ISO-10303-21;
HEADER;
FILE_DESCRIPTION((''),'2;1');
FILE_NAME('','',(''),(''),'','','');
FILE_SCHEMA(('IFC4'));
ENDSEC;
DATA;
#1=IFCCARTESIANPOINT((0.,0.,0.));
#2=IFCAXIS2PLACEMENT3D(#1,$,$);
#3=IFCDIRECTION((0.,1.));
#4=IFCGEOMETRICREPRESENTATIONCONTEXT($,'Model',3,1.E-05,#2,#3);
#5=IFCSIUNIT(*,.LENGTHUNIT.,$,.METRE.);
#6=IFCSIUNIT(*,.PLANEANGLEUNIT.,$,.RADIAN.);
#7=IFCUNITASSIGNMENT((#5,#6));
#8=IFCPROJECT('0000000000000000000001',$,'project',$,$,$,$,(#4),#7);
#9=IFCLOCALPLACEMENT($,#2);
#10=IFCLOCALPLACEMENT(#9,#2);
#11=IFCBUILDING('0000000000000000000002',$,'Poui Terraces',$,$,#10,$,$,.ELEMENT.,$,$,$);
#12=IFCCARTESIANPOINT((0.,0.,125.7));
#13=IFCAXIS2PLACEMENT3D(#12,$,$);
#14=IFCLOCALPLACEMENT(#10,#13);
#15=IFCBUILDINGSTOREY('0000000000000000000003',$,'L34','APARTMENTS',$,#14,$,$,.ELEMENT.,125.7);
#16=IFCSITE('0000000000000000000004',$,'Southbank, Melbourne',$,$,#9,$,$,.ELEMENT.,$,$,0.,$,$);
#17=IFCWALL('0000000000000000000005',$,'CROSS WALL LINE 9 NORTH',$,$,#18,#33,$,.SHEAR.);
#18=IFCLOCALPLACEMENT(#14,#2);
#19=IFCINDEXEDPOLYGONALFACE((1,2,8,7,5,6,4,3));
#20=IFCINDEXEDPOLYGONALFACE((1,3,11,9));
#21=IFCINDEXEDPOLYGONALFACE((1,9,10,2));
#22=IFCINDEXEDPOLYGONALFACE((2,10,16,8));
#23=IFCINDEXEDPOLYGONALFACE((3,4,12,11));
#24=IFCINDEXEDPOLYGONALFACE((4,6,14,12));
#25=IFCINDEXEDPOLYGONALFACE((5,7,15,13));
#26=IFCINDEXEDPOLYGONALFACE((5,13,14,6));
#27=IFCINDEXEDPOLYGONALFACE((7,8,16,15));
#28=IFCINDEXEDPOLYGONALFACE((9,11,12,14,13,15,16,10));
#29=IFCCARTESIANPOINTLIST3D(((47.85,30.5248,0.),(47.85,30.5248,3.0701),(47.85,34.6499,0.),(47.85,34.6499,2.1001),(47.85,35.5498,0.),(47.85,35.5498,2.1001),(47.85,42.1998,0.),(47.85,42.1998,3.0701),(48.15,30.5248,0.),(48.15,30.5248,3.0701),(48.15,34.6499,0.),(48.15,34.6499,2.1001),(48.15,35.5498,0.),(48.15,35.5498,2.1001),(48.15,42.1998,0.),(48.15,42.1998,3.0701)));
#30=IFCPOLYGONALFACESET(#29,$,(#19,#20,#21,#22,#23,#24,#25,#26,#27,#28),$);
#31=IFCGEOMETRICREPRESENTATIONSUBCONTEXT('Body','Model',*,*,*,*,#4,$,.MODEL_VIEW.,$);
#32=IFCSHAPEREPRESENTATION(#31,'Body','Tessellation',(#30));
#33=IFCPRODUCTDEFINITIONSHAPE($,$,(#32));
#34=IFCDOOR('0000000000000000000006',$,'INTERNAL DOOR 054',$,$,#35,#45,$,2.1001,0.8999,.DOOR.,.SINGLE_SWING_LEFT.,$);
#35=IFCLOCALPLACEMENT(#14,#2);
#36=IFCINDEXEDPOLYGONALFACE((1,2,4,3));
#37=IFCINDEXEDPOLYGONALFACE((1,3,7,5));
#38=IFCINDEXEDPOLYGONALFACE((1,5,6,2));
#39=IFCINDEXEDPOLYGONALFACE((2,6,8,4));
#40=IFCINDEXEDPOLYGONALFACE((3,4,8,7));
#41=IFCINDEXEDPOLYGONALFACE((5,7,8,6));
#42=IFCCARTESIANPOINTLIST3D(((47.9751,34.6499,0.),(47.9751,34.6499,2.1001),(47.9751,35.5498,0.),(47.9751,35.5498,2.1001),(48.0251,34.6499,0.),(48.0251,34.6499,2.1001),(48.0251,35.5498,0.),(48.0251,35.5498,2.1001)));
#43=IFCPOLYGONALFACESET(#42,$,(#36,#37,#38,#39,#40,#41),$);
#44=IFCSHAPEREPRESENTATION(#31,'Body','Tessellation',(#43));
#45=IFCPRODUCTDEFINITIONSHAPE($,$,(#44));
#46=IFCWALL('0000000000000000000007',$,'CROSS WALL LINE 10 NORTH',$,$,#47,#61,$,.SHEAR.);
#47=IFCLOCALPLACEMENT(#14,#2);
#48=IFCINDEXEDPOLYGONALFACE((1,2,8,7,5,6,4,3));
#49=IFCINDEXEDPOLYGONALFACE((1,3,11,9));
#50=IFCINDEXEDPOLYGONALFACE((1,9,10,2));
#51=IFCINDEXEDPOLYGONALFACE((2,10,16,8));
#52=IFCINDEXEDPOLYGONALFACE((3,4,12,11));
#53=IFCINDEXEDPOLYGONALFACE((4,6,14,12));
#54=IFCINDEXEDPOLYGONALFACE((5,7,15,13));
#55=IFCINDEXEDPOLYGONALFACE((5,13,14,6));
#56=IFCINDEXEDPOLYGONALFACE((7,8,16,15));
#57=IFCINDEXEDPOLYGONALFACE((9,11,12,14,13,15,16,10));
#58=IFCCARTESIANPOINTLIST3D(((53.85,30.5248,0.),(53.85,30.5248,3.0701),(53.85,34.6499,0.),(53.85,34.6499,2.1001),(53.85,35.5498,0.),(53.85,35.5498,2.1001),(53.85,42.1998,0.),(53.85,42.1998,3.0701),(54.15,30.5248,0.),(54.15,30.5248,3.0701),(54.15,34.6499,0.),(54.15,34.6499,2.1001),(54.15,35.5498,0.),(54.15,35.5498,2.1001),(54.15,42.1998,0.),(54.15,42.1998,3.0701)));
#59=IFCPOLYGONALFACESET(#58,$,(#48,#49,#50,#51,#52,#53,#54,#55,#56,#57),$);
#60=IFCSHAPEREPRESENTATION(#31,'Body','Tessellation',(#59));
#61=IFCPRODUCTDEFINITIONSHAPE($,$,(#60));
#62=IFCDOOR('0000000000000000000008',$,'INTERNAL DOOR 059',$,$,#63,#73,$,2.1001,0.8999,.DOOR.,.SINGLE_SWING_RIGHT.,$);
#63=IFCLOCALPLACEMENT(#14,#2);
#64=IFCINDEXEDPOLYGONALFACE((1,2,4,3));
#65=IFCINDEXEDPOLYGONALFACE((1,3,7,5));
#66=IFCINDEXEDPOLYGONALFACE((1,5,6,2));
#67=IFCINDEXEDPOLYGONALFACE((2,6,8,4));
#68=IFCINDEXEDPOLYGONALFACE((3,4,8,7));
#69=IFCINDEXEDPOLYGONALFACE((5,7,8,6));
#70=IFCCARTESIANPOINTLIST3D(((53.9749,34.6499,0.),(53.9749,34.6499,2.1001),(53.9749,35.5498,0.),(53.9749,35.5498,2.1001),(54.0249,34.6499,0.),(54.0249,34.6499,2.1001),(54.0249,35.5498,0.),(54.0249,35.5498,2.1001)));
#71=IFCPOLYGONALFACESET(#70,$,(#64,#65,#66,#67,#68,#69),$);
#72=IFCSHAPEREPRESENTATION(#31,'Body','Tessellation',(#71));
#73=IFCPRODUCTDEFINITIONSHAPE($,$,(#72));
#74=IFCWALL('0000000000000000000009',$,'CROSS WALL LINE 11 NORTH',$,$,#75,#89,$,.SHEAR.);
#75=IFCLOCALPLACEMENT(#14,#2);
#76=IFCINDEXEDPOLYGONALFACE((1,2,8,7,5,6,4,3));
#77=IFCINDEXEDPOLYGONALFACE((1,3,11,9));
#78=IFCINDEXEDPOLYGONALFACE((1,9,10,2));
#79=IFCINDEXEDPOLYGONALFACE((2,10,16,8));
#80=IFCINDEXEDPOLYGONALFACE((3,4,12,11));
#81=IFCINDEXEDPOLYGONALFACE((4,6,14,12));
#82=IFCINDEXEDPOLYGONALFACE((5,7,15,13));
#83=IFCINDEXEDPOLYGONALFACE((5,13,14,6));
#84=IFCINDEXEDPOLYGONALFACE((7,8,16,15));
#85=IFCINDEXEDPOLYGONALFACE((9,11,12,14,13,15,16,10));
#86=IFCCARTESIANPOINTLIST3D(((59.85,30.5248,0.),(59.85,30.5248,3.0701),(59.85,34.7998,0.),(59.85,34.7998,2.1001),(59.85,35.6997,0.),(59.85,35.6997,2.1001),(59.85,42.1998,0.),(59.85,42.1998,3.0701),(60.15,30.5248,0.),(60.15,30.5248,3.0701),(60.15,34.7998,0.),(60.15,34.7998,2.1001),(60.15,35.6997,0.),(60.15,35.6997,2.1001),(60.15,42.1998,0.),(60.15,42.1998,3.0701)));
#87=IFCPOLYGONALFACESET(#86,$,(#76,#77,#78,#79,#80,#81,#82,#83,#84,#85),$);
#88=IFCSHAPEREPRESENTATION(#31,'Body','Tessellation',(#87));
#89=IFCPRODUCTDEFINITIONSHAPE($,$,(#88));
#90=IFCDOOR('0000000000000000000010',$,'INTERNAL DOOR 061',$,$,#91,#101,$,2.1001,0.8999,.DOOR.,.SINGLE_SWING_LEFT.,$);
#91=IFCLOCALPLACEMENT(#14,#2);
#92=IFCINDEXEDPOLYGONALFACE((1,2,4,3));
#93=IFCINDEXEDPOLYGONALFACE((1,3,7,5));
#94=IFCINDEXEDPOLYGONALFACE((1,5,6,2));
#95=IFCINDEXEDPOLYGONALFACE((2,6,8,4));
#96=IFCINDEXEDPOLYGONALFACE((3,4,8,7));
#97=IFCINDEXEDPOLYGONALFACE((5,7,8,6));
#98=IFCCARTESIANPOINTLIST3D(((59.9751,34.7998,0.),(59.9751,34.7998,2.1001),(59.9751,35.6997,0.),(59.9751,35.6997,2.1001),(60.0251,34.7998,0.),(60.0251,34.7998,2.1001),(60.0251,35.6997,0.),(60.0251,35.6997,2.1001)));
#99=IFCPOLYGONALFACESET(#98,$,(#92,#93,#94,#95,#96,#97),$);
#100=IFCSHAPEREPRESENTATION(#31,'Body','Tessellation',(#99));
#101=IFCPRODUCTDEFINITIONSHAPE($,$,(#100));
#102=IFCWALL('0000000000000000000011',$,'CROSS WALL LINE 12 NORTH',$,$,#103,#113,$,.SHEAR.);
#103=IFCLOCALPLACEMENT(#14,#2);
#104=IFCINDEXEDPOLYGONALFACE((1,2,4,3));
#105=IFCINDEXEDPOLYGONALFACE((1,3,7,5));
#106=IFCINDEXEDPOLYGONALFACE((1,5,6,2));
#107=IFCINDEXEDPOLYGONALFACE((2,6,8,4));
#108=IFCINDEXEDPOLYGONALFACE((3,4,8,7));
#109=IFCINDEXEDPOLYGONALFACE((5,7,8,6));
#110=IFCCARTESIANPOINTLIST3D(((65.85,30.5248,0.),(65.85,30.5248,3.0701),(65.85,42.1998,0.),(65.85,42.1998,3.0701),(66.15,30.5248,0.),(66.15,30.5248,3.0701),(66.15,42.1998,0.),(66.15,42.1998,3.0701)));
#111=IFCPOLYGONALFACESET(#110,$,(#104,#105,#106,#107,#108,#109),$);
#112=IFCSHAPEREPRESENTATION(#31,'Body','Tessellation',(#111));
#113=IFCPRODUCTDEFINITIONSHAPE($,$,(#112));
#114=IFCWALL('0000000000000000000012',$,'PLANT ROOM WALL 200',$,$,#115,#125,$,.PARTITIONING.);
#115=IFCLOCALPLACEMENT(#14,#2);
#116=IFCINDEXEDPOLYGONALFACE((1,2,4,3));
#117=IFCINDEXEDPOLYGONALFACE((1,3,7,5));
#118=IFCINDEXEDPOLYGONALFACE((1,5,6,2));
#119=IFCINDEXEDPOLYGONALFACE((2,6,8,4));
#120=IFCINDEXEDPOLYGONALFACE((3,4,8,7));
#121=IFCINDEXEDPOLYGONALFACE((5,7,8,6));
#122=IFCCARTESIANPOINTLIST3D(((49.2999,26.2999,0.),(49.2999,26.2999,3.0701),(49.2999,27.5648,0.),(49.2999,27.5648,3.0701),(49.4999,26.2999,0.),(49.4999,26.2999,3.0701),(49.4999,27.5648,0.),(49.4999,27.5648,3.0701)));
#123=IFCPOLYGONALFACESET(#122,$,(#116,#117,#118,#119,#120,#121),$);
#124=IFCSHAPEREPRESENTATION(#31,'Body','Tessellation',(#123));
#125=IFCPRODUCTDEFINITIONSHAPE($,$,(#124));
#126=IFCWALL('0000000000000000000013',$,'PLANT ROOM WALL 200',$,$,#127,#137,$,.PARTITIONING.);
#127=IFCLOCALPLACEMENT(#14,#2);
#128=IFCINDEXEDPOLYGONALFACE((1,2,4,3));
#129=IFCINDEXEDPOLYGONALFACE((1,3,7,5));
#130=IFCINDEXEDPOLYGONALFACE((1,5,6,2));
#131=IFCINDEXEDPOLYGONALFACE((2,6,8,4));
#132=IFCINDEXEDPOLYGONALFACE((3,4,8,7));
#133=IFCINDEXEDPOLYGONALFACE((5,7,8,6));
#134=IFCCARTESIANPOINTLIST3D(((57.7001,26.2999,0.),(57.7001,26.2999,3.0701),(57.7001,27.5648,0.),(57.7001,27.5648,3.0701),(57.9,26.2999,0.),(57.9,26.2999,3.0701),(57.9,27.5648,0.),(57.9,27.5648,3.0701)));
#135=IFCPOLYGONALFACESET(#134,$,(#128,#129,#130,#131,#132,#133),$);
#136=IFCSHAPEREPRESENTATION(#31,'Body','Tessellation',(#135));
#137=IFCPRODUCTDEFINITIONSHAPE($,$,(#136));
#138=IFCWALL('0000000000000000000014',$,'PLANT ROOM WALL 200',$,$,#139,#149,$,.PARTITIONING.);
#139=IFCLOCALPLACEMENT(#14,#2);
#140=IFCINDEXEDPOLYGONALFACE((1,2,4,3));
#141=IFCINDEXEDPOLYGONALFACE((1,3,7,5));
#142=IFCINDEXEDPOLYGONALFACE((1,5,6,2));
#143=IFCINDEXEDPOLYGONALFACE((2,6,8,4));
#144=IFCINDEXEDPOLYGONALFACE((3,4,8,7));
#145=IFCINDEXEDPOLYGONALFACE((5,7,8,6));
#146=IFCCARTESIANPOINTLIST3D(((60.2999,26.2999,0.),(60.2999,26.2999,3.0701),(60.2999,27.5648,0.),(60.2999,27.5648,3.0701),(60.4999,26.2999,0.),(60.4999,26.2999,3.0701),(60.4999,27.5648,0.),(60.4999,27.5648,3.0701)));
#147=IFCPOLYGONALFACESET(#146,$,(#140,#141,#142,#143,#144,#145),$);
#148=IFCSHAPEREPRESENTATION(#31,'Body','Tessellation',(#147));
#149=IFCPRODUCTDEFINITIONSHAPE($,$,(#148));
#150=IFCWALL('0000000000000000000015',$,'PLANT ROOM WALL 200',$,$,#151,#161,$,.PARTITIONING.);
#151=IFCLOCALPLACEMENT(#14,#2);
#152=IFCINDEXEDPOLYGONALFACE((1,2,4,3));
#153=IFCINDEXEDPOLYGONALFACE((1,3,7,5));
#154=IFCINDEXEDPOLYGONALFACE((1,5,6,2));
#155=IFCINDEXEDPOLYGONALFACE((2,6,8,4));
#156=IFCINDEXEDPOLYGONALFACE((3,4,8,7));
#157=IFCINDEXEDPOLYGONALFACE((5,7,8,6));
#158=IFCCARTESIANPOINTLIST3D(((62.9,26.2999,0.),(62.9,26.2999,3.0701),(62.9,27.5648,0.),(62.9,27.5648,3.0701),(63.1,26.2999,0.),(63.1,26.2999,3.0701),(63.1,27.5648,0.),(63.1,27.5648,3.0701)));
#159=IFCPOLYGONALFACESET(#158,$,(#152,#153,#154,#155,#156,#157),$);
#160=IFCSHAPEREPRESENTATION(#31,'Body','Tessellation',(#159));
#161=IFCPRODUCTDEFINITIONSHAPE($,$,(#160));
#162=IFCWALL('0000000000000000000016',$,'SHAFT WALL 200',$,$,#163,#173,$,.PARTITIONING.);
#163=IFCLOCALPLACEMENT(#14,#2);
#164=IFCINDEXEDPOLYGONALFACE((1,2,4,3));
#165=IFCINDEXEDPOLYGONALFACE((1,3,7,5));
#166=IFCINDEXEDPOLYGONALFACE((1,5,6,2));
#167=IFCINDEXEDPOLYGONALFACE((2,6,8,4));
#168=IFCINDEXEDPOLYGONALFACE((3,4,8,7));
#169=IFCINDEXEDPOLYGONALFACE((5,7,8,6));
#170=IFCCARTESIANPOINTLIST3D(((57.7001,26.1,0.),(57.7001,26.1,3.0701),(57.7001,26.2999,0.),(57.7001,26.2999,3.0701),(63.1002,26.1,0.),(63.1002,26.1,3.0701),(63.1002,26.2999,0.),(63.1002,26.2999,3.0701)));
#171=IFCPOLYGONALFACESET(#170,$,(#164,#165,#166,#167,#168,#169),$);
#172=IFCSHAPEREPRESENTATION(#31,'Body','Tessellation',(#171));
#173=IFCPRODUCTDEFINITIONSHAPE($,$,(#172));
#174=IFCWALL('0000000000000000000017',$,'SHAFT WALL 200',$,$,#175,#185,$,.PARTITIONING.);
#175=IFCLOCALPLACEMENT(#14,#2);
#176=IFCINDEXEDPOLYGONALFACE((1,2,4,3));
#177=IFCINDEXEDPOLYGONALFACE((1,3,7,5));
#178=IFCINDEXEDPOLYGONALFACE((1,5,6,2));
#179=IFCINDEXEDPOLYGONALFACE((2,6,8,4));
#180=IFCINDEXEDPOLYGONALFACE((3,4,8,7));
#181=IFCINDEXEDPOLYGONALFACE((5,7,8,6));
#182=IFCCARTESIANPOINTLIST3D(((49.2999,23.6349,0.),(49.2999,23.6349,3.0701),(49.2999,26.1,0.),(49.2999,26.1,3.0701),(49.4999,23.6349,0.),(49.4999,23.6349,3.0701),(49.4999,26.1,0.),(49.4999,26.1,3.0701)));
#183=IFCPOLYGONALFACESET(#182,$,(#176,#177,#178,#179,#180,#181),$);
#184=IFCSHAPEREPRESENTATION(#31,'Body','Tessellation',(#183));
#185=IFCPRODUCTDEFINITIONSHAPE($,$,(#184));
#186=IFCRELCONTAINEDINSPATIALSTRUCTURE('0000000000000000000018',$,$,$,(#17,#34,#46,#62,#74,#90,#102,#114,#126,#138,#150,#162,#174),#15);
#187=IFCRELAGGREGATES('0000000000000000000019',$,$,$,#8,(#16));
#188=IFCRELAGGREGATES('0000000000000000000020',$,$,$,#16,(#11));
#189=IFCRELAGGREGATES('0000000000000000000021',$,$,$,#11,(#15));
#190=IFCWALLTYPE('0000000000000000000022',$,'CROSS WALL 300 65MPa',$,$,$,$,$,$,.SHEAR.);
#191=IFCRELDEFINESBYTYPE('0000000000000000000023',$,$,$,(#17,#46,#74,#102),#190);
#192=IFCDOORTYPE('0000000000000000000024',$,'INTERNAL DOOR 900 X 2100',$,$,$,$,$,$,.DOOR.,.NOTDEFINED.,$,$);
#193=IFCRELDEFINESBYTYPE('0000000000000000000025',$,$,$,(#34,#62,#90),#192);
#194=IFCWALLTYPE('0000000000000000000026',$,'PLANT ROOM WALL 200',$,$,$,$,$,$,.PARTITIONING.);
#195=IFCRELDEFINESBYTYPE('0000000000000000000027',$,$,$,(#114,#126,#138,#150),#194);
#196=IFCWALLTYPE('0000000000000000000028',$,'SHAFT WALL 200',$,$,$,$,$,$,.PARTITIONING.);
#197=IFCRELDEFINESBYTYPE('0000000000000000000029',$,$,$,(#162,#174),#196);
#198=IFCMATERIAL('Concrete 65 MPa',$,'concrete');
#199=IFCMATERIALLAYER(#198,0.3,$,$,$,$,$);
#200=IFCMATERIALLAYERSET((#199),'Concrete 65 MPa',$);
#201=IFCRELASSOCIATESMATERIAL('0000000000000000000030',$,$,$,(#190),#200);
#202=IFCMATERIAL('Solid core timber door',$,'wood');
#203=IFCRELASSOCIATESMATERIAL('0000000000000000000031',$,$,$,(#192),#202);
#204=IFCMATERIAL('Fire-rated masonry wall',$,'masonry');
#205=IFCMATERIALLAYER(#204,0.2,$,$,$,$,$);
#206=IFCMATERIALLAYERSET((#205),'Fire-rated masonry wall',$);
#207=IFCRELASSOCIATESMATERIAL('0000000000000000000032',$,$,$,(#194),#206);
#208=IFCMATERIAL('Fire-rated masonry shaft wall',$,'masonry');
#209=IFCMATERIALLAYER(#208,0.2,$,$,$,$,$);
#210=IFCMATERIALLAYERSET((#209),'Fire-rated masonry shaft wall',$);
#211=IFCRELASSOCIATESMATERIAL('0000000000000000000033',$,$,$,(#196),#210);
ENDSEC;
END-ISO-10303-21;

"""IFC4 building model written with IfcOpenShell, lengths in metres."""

from ifc_helpers import new_model, si_unit, direction, frame, frame_2d, origin, place, context, subcontext, project, spatial, rectangle, extrude, material, layer, layer_set, type_object, element, fill, save


model = new_model("IFC4")

# Units and contexts
model_context = context("Model", 3, precision=1e-05, world=origin(), true_north=direction((0.0, 1.0)))
body_context = subcontext(model_context, "Body", "Model", "MODEL_VIEW")
ifc_project = project(units=[si_unit("LENGTHUNIT", "METRE"), si_unit("PLANEANGLEUNIT", "RADIAN")], contexts=[model_context])

# Site, building, storey
site_placement = place(None, origin())
site = spatial("IfcSite", under=ifc_project, at=site_placement, Name="Southbank, Melbourne", CompositionType="ELEMENT", RefElevation=0.0)
building_placement = place(site_placement, origin())
building = spatial("IfcBuilding", under=site, at=building_placement, Name="Poui Terraces", CompositionType="ELEMENT")
storey_placement = place(building_placement, frame((0.0, 0.0, 125.7)))
storey = spatial("IfcBuildingStorey", under=building, at=storey_placement, Name="L34", Description="APARTMENTS", CompositionType="ELEMENT", Elevation=125.7)

# Shared definitions
ifc_material_1 = material(Name="Concrete 65 MPa", Category="concrete")

# Walls, openings, doors
ifc_layer_1 = layer(ifc_material_1, 0.3)
ifc_layer_set_1 = layer_set([ifc_layer_1], Name="Concrete 65 MPa")
wall_type_1 = type_object("IfcWallType", Name="CROSS WALL 300 65MPa", PredefinedType="SHEAR", material=ifc_layer_set_1)
wall_1_placement = place(storey_placement, frame((48.0, 30.5249, 0.0), z_axis=(0.0, 0.0, 1.0), x_axis=(0.0, 1.0, 0.0)))
wall_1 = element("IfcWall", 1, at=wall_1_placement, inside=storey, type_object=wall_type_1, Name="CROSS WALL LINE 9 NORTH", PredefinedType="SHEAR", context=body_context, shape_type="SweptSolid", body=[
    extrude(rectangle(XDim=11.675, YDim=0.3, at=frame_2d((5.8374, 0.0))), origin(), (0.0, 0.0, 1.0), 3.0701),
])
opening_1_placement = place(wall_1_placement, frame((4.125, 0.0, 0.0)))
opening_1 = element("IfcOpeningElement", 2, at=opening_1_placement, cuts=wall_1, PredefinedType="OPENING", context=body_context, shape_type="SweptSolid", body=[
    extrude(rectangle(XDim=0.8999, YDim=2.1001, at=frame_2d((0.45, 1.05))), frame((0.0, 0.1602, 0.0), z_axis=(0.0, -1.0, 0.0), x_axis=(1.0, 0.0, 0.0)), (0.0, 0.0, 1.0), 0.3201),
])
ifc_material_2 = material(Name="Solid core timber door", Category="wood")
door_type_1 = type_object("IfcDoorType", Name="INTERNAL DOOR 900 X 2100", OperationType="NOTDEFINED", PredefinedType="DOOR", material=ifc_material_2)
door_1_placement = place(opening_1_placement, origin())
door_1 = element("IfcDoor", 3, at=door_1_placement, inside=storey, type_object=door_type_1, Name="INTERNAL DOOR 054", OperationType="SINGLE_SWING_LEFT", OverallHeight=2.1001, OverallWidth=0.8999, PredefinedType="DOOR", context=body_context, shape_type="SweptSolid", body=[
    extrude(rectangle(XDim=0.8999, YDim=2.1001, at=frame_2d((0.45, 1.05))), frame((0.0, 0.0249, 0.0), z_axis=(0.0, -1.0, 0.0), x_axis=(1.0, 0.0, 0.0)), (0.0, 0.0, 1.0), 0.05),
])
fill(opening_1, door_1)
wall_2_placement = place(storey_placement, frame((54.0, 30.5249, 0.0), z_axis=(0.0, 0.0, 1.0), x_axis=(0.0, 1.0, 0.0)))
wall_2 = element("IfcWall", 4, at=wall_2_placement, inside=storey, type_object=wall_type_1, Name="CROSS WALL LINE 10 NORTH", PredefinedType="SHEAR", context=body_context, shape_type="SweptSolid", body=[
    extrude(rectangle(XDim=11.675, YDim=0.3, at=frame_2d((5.8374, 0.0))), origin(), (0.0, 0.0, 1.0), 3.0701),
])
opening_2_placement = place(wall_2_placement, frame((4.125, 0.0, 0.0)))
opening_2 = element("IfcOpeningElement", 5, at=opening_2_placement, cuts=wall_2, PredefinedType="OPENING", context=body_context, shape_type="SweptSolid", body=[
    extrude(rectangle(XDim=0.8999, YDim=2.1001, at=frame_2d((0.45, 1.05))), frame((0.0, 0.1602, 0.0), z_axis=(0.0, -1.0, 0.0), x_axis=(1.0, 0.0, 0.0)), (0.0, 0.0, 1.0), 0.3201),
])
door_2_placement = place(opening_2_placement, frame((0.8999, 0.0, 0.0), z_axis=(0.0, 0.0, 1.0), x_axis=(-1.0, 0.0, 0.0)))
door_2 = element("IfcDoor", 6, at=door_2_placement, inside=storey, type_object=door_type_1, Name="INTERNAL DOOR 059", OperationType="SINGLE_SWING_RIGHT", OverallHeight=2.1001, OverallWidth=0.8999, PredefinedType="DOOR", context=body_context, shape_type="SweptSolid", body=[
    extrude(rectangle(XDim=0.8999, YDim=2.1001, at=frame_2d((0.45, 1.05))), frame((0.0, 0.0249, 0.0), z_axis=(0.0, -1.0, 0.0), x_axis=(1.0, 0.0, 0.0)), (0.0, 0.0, 1.0), 0.05),
])
fill(opening_2, door_2)
wall_3_placement = place(storey_placement, frame((60.0, 30.5249, 0.0), z_axis=(0.0, 0.0, 1.0), x_axis=(0.0, 1.0, 0.0)))
wall_3 = element("IfcWall", 7, at=wall_3_placement, inside=storey, type_object=wall_type_1, Name="CROSS WALL LINE 11 NORTH", PredefinedType="SHEAR", context=body_context, shape_type="SweptSolid", body=[
    extrude(rectangle(XDim=11.675, YDim=0.3, at=frame_2d((5.8374, 0.0))), origin(), (0.0, 0.0, 1.0), 3.0701),
])
opening_3_placement = place(wall_3_placement, frame((4.2749, 0.0, 0.0)))
opening_3 = element("IfcOpeningElement", 8, at=opening_3_placement, cuts=wall_3, PredefinedType="OPENING", context=body_context, shape_type="SweptSolid", body=[
    extrude(rectangle(XDim=0.8999, YDim=2.1001, at=frame_2d((0.45, 1.05))), frame((0.0, 0.1602, 0.0), z_axis=(0.0, -1.0, 0.0), x_axis=(1.0, 0.0, 0.0)), (0.0, 0.0, 1.0), 0.3201),
])
door_3_placement = place(opening_3_placement, origin())
door_3 = element("IfcDoor", 9, at=door_3_placement, inside=storey, type_object=door_type_1, Name="INTERNAL DOOR 061", OperationType="SINGLE_SWING_LEFT", OverallHeight=2.1001, OverallWidth=0.8999, PredefinedType="DOOR", context=body_context, shape_type="SweptSolid", body=[
    extrude(rectangle(XDim=0.8999, YDim=2.1001, at=frame_2d((0.45, 1.05))), frame((0.0, 0.0249, 0.0), z_axis=(0.0, -1.0, 0.0), x_axis=(1.0, 0.0, 0.0)), (0.0, 0.0, 1.0), 0.05),
])
fill(opening_3, door_3)

# Walls
wall_4_placement = place(storey_placement, frame((66.0, 30.5249, 0.0), z_axis=(0.0, 0.0, 1.0), x_axis=(0.0, 1.0, 0.0)))
element("IfcWall", 10, at=wall_4_placement, inside=storey, type_object=wall_type_1, Name="CROSS WALL LINE 12 NORTH", PredefinedType="SHEAR", context=body_context, shape_type="SweptSolid", body=[
    extrude(rectangle(XDim=11.675, YDim=0.3, at=frame_2d((5.8374, 0.0))), origin(), (0.0, 0.0, 1.0), 3.0701),
])
ifc_material_3 = material(Name="Fire-rated masonry wall", Category="masonry")
ifc_layer_2 = layer(ifc_material_3, 0.2)
ifc_layer_set_2 = layer_set([ifc_layer_2], Name="Fire-rated masonry wall")
wall_type_2 = type_object("IfcWallType", Name="PLANT ROOM WALL 200", PredefinedType="PARTITIONING", material=ifc_layer_set_2)
for number, where, z_axis, x_axis, name in (
    (11, (49.3999, 26.3, 0.0), (0.0, 0.0, 1.0), (0.0, 1.0, 0.0), "PLANT ROOM WALL 200"),
    (12, (57.8, 26.3, 0.0), (0.0, 0.0, 1.0), (0.0, 1.0, 0.0), "PLANT ROOM WALL 200"),
    (13, (60.3999, 26.3, 0.0), (0.0, 0.0, 1.0), (0.0, 1.0, 0.0), "PLANT ROOM WALL 200"),
    (14, (63.0, 26.3, 0.0), (0.0, 0.0, 1.0), (0.0, 1.0, 0.0), "PLANT ROOM WALL 200"),
):
    element("IfcWall", number, at=place(storey_placement, frame(where, z_axis=z_axis, x_axis=x_axis)), inside=storey, type_object=wall_type_2, Name=name, PredefinedType="PARTITIONING", context=body_context, shape_type="SweptSolid", body=[
        extrude(rectangle(XDim=1.2649, YDim=0.2, at=frame_2d((0.6323, 0.0))), origin(), (0.0, 0.0, 1.0), 3.0701),
    ])
ifc_material_4 = material(Name="Fire-rated masonry shaft wall", Category="masonry")
ifc_layer_3 = layer(ifc_material_4, 0.2)
ifc_layer_set_3 = layer_set([ifc_layer_3], Name="Fire-rated masonry shaft wall")
wall_type_3 = type_object("IfcWallType", Name="SHAFT WALL 200", PredefinedType="PARTITIONING", material=ifc_layer_set_3)
wall_5_placement = place(storey_placement, frame((57.7, 26.2, 0.0), z_axis=(0.0, 0.0, 1.0), x_axis=(1.0, 0.0, 0.0)))
element("IfcWall", 15, at=wall_5_placement, inside=storey, type_object=wall_type_3, Name="SHAFT WALL 200", PredefinedType="PARTITIONING", context=body_context, shape_type="SweptSolid", body=[
    extrude(rectangle(XDim=5.4001, YDim=0.2, at=frame_2d((2.7002, 0.0))), origin(), (0.0, 0.0, 1.0), 3.0701),
])
for number, where, z_axis, x_axis, name in (
    (16, (49.3999, 23.635, 0.0), (0.0, 0.0, 1.0), (0.0, 1.0, 0.0), "SHAFT WALL 200"),
):
    element("IfcWall", number, at=place(storey_placement, frame(where, z_axis=z_axis, x_axis=x_axis)), inside=storey, type_object=wall_type_3, Name=name, PredefinedType="PARTITIONING", context=body_context, shape_type="SweptSolid", body=[
        extrude(rectangle(XDim=2.4651, YDim=0.2, at=frame_2d((1.2324, 0.0))), origin(), (0.0, 0.0, 1.0), 3.0701),
    ])

save(model, "model.ifc")
